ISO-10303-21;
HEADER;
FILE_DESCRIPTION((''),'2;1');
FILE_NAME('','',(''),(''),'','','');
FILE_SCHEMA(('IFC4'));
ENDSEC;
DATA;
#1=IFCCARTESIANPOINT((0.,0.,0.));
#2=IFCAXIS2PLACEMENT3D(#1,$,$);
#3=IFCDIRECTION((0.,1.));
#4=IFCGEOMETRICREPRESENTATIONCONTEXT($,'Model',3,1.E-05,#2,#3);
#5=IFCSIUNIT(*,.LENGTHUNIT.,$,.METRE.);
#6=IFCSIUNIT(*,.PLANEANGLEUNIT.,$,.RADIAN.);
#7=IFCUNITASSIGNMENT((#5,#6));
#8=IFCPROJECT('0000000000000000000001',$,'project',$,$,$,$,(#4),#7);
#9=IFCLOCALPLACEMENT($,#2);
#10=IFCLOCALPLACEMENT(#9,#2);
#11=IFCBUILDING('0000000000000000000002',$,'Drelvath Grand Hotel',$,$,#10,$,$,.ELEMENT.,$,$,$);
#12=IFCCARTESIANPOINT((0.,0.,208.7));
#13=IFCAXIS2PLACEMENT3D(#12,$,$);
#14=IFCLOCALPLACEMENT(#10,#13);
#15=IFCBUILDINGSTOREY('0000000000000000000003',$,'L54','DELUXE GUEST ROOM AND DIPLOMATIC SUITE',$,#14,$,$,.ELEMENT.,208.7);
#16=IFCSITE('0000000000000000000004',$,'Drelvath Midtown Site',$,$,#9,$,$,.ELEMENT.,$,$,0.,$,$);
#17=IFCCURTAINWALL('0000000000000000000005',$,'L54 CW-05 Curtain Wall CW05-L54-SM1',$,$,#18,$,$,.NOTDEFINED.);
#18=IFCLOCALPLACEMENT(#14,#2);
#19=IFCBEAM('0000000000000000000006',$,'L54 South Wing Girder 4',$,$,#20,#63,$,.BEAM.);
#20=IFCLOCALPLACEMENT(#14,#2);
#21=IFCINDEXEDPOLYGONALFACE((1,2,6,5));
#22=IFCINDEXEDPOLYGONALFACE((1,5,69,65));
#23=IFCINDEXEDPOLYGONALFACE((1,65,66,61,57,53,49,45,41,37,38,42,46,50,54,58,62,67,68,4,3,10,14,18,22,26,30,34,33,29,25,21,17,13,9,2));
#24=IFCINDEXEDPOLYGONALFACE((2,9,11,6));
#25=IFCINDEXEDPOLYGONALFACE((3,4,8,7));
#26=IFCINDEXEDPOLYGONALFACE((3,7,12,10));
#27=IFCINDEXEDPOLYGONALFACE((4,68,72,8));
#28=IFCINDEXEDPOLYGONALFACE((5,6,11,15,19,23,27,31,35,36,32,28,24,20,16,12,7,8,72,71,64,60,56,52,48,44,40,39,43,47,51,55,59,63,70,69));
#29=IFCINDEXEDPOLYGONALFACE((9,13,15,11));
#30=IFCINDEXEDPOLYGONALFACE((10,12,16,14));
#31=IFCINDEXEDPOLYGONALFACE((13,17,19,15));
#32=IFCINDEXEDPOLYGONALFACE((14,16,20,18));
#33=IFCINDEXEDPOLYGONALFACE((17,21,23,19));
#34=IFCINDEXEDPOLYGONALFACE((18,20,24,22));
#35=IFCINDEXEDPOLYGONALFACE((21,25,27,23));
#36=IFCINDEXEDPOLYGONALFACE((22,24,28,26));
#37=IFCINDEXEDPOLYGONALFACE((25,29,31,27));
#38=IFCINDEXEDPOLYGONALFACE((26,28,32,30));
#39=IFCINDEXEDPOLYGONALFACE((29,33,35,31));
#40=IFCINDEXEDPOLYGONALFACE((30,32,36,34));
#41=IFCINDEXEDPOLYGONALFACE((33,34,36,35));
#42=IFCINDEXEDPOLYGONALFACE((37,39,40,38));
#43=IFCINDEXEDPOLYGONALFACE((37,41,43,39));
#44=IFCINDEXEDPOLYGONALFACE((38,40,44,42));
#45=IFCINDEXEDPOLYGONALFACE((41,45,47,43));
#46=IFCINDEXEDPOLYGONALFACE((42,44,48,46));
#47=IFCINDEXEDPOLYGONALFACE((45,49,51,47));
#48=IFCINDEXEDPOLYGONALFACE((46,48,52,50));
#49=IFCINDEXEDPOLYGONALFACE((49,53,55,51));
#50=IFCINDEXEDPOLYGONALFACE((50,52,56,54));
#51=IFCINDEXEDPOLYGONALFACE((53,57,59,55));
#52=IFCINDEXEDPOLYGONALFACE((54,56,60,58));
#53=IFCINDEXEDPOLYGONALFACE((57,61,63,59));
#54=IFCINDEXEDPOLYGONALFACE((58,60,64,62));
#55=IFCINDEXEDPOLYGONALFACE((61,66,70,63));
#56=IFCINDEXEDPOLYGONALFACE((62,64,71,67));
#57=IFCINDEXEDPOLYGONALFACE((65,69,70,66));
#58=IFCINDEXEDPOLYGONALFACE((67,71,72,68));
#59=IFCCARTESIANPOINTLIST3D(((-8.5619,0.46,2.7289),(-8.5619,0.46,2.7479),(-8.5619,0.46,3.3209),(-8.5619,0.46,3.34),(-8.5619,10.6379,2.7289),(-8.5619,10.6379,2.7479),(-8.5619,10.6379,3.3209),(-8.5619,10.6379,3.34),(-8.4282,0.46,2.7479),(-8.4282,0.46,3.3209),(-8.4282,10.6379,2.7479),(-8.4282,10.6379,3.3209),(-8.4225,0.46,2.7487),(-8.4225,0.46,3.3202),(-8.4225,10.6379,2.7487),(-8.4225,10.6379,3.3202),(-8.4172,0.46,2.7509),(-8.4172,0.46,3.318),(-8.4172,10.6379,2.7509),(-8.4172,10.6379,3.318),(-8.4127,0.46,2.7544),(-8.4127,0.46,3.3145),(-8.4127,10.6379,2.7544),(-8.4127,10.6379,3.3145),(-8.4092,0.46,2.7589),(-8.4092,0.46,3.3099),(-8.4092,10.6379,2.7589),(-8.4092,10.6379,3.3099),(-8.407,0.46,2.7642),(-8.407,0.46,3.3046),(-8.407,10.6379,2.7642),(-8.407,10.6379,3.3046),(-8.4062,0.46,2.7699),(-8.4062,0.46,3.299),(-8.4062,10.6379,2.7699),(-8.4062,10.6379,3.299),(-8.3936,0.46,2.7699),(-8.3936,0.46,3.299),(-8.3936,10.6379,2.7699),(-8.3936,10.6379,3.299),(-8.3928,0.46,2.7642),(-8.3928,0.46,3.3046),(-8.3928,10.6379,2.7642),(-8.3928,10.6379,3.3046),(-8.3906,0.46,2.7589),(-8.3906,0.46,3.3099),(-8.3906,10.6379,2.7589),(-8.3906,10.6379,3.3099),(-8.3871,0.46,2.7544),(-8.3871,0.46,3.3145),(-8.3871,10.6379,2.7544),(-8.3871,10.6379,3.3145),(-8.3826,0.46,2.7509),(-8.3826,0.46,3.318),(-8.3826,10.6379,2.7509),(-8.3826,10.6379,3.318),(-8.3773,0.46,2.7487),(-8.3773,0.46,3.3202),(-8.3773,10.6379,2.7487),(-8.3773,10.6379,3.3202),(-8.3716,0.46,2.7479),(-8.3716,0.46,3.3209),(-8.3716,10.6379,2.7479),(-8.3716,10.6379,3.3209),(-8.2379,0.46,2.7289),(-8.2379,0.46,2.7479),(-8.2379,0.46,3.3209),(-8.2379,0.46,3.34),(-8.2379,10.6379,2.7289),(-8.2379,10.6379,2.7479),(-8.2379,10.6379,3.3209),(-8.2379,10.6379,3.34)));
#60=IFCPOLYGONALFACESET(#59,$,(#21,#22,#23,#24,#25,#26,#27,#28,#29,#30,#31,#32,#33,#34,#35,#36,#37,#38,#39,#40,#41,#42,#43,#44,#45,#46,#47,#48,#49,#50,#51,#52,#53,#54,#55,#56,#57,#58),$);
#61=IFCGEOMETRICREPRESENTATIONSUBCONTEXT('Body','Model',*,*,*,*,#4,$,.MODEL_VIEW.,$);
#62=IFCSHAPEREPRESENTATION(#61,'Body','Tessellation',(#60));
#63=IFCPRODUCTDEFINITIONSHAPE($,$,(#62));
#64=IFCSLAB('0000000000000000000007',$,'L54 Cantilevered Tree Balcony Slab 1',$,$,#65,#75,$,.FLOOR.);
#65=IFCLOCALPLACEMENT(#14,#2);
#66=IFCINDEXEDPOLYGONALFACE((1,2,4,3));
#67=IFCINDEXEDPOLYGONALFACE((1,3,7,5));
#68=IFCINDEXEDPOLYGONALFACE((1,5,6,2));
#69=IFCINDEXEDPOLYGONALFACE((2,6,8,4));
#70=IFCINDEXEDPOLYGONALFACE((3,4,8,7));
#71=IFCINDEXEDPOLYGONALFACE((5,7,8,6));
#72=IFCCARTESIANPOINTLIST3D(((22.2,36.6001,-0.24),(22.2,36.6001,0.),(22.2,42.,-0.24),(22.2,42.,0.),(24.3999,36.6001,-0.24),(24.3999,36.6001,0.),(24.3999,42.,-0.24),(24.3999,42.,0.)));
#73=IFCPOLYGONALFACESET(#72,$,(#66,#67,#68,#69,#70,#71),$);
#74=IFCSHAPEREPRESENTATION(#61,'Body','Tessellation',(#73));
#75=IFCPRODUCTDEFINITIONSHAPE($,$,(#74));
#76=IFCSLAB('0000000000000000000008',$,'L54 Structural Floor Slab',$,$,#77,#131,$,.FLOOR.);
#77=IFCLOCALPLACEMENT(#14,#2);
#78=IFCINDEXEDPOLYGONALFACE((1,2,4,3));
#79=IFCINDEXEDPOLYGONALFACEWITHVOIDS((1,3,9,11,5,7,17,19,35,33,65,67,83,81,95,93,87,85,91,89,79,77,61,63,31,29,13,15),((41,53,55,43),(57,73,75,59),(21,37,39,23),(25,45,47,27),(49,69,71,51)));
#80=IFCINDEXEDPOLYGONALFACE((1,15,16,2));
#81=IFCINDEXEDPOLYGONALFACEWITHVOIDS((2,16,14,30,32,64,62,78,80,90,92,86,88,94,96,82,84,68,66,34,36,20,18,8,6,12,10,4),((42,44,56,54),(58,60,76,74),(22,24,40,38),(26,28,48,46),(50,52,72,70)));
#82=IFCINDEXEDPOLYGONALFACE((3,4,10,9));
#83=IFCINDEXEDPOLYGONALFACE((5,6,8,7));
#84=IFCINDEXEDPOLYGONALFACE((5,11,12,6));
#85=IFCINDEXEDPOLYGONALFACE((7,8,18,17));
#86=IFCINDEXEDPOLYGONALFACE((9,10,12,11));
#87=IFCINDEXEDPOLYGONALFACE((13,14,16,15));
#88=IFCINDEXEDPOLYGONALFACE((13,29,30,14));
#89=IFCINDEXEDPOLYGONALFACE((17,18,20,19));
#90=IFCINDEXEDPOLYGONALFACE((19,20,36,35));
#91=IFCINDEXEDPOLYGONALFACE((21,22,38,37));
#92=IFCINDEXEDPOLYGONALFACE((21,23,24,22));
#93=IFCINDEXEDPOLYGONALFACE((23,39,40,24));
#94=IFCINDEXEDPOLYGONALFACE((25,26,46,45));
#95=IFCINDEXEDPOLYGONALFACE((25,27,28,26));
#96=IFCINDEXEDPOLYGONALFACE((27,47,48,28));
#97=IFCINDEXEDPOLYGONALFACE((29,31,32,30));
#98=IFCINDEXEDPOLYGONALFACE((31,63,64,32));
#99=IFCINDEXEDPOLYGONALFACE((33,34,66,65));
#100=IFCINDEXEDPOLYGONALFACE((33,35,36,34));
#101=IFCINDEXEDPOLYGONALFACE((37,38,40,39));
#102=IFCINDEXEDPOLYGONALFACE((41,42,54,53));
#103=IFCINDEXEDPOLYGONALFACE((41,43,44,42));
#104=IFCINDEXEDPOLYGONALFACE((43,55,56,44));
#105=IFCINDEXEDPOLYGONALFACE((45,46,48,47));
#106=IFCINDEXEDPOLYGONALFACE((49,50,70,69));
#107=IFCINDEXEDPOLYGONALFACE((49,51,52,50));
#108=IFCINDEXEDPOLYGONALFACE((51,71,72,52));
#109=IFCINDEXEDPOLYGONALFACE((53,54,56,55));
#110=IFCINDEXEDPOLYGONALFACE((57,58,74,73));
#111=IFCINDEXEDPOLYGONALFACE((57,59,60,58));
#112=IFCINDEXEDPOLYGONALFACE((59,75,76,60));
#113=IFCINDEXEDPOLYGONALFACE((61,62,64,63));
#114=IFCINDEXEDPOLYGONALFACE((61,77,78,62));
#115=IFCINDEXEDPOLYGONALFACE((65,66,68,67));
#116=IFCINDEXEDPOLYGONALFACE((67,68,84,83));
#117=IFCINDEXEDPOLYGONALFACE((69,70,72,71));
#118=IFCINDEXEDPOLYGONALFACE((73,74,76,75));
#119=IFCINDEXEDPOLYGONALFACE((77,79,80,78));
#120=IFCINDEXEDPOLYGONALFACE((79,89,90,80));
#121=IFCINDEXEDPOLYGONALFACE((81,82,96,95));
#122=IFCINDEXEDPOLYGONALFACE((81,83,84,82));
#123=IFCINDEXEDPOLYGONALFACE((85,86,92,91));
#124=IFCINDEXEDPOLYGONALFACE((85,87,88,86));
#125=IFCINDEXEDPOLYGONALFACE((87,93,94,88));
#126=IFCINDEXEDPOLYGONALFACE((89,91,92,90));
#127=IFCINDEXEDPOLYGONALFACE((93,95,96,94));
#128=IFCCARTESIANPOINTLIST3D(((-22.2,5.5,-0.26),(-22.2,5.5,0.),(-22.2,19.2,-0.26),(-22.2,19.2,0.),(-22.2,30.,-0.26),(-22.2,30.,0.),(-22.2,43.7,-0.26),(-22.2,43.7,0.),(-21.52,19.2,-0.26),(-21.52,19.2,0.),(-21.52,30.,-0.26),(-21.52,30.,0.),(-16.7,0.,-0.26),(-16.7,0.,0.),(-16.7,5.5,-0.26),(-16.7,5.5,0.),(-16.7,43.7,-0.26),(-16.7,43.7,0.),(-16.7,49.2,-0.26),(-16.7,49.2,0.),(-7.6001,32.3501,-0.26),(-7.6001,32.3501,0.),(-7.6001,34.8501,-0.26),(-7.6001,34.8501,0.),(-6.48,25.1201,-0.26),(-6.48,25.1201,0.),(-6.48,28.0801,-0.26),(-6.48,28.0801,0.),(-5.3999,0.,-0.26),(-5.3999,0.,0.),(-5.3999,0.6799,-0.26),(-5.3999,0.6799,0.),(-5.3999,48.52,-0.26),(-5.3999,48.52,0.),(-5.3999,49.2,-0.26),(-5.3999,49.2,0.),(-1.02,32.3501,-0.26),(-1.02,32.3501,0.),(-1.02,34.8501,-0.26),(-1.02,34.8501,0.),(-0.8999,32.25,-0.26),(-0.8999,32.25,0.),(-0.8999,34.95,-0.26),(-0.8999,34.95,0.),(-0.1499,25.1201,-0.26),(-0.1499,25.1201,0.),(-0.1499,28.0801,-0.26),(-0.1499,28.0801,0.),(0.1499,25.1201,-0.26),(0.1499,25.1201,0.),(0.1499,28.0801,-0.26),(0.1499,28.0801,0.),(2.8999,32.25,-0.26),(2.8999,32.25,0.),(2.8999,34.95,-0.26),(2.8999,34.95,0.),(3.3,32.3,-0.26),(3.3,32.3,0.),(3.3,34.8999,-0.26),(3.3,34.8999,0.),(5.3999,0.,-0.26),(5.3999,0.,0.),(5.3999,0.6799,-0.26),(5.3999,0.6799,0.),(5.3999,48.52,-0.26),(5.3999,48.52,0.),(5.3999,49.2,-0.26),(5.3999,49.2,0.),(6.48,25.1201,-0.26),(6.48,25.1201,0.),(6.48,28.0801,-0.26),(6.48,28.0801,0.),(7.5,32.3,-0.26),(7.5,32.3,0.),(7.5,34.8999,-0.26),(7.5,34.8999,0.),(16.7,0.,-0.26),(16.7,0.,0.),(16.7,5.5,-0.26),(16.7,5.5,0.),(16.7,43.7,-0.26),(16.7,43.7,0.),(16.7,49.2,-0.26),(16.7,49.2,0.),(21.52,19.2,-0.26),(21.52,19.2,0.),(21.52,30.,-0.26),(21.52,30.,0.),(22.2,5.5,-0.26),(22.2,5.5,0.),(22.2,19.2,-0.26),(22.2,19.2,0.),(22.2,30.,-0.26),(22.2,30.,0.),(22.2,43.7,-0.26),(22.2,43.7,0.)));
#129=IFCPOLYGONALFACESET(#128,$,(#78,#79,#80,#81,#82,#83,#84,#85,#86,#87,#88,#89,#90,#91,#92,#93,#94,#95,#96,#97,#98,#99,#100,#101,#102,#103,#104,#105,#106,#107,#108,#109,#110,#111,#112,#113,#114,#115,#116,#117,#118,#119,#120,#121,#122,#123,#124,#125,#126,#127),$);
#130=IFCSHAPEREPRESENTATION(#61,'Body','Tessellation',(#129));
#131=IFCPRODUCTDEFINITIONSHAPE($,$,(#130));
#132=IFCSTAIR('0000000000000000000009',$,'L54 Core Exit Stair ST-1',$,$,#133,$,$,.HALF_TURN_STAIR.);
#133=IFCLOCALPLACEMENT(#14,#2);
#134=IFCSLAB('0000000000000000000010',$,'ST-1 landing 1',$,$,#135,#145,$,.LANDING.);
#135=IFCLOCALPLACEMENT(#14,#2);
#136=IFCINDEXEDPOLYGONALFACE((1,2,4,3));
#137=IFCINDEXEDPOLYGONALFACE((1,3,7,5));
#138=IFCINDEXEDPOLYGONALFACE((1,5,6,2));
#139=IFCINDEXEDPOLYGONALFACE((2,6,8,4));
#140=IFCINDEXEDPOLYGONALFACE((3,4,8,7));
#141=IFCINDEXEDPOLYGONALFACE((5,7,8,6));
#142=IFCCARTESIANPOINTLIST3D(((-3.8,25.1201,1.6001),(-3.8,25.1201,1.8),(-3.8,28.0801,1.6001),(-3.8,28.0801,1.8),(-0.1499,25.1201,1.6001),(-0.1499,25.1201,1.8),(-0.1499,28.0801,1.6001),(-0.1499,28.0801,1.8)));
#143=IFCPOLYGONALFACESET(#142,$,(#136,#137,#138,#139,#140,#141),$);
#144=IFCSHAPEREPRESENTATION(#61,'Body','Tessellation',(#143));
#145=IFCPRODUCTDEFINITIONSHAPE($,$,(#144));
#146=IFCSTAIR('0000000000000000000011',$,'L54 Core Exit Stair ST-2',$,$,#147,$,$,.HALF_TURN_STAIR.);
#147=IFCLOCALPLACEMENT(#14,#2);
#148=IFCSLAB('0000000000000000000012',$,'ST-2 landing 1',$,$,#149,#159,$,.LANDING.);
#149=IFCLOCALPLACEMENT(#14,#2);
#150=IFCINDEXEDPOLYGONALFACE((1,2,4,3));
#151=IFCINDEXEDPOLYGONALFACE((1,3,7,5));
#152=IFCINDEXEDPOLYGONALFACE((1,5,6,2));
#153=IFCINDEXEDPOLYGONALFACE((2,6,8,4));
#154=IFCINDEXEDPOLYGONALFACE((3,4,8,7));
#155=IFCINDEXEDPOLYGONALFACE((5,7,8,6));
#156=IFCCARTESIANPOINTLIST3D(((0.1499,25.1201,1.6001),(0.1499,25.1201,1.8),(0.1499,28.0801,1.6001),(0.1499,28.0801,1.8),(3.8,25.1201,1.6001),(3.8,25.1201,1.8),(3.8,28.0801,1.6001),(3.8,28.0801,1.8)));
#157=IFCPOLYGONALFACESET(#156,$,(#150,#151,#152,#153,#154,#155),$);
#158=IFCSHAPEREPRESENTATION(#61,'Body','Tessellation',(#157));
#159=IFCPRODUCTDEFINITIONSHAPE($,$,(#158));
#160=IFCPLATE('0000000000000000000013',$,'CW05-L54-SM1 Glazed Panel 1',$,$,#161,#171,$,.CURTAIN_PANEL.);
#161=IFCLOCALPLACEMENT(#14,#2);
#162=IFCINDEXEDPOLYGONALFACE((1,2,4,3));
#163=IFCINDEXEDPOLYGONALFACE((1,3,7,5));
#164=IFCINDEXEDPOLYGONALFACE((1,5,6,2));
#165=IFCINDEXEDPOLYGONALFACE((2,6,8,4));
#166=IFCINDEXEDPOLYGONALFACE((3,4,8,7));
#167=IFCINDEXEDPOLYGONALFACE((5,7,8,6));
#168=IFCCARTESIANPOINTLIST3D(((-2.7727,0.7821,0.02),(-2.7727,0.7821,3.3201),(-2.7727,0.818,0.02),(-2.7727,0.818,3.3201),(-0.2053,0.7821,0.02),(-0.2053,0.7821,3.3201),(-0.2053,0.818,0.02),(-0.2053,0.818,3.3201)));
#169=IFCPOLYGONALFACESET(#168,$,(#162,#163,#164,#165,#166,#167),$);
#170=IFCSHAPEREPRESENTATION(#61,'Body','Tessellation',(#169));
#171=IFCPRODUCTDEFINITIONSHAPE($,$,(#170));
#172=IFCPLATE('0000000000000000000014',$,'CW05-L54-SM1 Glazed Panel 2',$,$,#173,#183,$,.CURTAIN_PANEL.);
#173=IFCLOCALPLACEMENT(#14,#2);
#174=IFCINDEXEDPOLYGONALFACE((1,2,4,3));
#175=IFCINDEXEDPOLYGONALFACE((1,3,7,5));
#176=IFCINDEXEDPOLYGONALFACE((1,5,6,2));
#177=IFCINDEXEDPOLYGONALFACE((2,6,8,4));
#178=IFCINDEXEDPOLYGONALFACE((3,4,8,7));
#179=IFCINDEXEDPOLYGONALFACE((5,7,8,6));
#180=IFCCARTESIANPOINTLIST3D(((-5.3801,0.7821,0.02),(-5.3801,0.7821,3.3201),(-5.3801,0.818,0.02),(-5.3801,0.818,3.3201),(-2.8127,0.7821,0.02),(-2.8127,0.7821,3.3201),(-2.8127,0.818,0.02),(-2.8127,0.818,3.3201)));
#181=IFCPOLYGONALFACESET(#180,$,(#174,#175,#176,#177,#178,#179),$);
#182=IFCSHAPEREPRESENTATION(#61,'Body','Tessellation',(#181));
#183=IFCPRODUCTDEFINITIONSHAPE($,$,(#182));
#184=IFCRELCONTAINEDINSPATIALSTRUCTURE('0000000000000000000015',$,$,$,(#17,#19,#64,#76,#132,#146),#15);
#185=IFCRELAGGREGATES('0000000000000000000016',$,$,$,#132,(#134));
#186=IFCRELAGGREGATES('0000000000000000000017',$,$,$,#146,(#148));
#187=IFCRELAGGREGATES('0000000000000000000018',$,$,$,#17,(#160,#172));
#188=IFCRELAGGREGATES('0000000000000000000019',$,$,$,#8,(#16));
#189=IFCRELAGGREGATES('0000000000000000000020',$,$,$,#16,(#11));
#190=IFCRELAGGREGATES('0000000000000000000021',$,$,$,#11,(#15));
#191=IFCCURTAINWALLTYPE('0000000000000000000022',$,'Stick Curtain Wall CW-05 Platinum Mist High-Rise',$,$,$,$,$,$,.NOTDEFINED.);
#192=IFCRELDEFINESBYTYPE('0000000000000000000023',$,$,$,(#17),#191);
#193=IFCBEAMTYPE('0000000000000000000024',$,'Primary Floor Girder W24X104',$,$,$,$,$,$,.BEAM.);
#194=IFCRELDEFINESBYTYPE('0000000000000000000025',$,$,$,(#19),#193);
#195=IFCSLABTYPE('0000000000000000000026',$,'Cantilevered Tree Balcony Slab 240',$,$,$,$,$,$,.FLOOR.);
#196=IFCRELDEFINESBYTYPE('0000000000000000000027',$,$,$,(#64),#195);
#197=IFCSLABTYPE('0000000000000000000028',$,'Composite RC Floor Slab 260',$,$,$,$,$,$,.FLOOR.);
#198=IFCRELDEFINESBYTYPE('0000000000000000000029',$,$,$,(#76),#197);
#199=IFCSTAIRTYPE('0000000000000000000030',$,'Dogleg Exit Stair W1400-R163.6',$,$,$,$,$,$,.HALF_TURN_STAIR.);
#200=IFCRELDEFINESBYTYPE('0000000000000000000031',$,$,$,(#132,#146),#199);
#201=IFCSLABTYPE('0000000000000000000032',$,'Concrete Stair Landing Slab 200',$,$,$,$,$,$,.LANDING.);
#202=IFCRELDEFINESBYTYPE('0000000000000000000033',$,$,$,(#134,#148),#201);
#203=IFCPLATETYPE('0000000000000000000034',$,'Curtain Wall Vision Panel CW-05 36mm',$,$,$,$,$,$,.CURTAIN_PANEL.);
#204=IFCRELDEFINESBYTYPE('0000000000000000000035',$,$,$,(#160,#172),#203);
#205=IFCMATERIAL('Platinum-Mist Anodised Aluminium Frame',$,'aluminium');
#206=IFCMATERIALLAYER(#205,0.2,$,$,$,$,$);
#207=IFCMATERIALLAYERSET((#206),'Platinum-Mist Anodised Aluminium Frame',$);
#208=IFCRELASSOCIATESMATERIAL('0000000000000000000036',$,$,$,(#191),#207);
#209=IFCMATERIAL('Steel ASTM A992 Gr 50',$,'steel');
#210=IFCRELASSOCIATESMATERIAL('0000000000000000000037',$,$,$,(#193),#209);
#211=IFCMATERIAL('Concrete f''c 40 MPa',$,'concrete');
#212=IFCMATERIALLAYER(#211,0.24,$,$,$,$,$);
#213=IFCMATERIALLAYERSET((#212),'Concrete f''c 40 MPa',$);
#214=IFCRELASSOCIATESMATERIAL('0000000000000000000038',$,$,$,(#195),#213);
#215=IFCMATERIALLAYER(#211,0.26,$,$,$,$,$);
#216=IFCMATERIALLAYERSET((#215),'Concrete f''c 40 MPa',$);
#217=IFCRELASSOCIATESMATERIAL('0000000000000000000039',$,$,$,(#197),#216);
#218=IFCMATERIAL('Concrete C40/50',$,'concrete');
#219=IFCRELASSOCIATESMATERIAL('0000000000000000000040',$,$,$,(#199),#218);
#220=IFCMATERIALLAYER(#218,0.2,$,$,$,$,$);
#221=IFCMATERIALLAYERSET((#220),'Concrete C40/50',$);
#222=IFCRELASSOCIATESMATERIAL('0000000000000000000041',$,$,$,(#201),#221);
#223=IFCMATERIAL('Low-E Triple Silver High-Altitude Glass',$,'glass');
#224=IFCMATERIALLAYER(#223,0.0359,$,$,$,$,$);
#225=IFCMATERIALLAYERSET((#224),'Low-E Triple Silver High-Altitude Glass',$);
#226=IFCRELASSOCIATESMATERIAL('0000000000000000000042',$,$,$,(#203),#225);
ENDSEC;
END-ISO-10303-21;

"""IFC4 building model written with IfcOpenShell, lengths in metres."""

from ifc_helpers import new_model, si_unit, direction, frame, origin, origin_2d, place, context, subcontext, project, spatial, polyline, rectangle, i_section, outline, extrude, material, layer, layer_set, material_profile, profile_set, type_object, element, aggregate, save


model = new_model("IFC4")

# Units and contexts
model_context = context("Model", 3, precision=1e-05, world=origin(), true_north=direction((0.0, 1.0)))
body_context = subcontext(model_context, "Body", "Model", "MODEL_VIEW")
ifc_project = project(units=[si_unit("LENGTHUNIT", "METRE"), si_unit("PLANEANGLEUNIT", "RADIAN")], contexts=[model_context])

# Site, building, storey
site_placement = place(None, origin())
site = spatial("IfcSite", under=ifc_project, at=site_placement, Name="Drelvath Midtown Site", CompositionType="ELEMENT", RefElevation=0.0)
building_placement = place(site_placement, origin())
building = spatial("IfcBuilding", under=site, at=building_placement, Name="Drelvath Grand Hotel", CompositionType="ELEMENT")
storey_placement = place(building_placement, frame((0.0, 0.0, 208.7)))
storey = spatial("IfcBuildingStorey", under=building, at=storey_placement, Name="L54", Description="DELUXE GUEST ROOM AND DIPLOMATIC SUITE", CompositionType="ELEMENT", Elevation=208.7)

# Curtain wall
ifc_material_1 = material(Name="Platinum-Mist Anodised Aluminium Frame", Category="aluminium")
ifc_layer_1 = layer(ifc_material_1, 0.2)
ifc_layer_set_1 = layer_set([ifc_layer_1], Name="Platinum-Mist Anodised Aluminium Frame")
curtain_wall_type = type_object("IfcCurtainWallType", Name="Stick Curtain Wall CW-05 Platinum Mist High-Rise", PredefinedType="NOTDEFINED", material=ifc_layer_set_1)
curtain_wall_1_placement = place(storey_placement, origin())
curtain_wall_1 = element("IfcCurtainWall", 1, at=curtain_wall_1_placement, inside=storey, type_object=curtain_wall_type, Name="L54 CW-05 Curtain Wall CW05-L54-SM1", PredefinedType="NOTDEFINED")

# Beam
ifc_material_2 = material(Name="Steel ASTM A992 Gr 50", Category="steel")
ifc_material_profile_1 = material_profile(ifc_material_2, i_section(OverallWidth=0.324, OverallDepth=0.6111, WebThickness=0.0127, FlangeThickness=0.019, FilletRadius=0.022, at=origin_2d()), Name="W24X104")
ifc_profile_set_1 = profile_set([ifc_material_profile_1], Name="Steel ASTM A992 Gr 50")
beam_type_1 = type_object("IfcBeamType", Name="Primary Floor Girder W24X104", PredefinedType="BEAM", material=ifc_profile_set_1)
beam_1_placement = place(storey_placement, frame((-8.3999, 0.46, 3.0344), z_axis=(0.0, 1.0, 0.0), x_axis=(-1.0, 0.0, 0.0)))
element("IfcBeam", 2, at=beam_1_placement, inside=storey, type_object=beam_type_1, Name="L54 South Wing Girder 4", PredefinedType="BEAM", context=body_context, shape_type="SweptSolid", body=[
    extrude(i_section(OverallWidth=0.324, OverallDepth=0.6111, WebThickness=0.0127, FlangeThickness=0.019, FilletRadius=0.022, at=origin_2d()), origin(), (0.0, 0.0, 1.0), 10.178),
])

# Slabs
ifc_material_3 = material(Name="Concrete f'c 40 MPa", Category="concrete")
ifc_layer_2 = layer(ifc_material_3, 0.24)
ifc_layer_set_2 = layer_set([ifc_layer_2], Name="Concrete f'c 40 MPa")
slab_type_1 = type_object("IfcSlabType", Name="Cantilevered Tree Balcony Slab 240", PredefinedType="FLOOR", material=ifc_layer_set_2)
slab_1_placement = place(storey_placement, frame((0.0, 0.0, -0.24)))
element("IfcSlab", 3, at=slab_1_placement, inside=storey, type_object=slab_type_1, Name="L54 Cantilevered Tree Balcony Slab 1", PredefinedType="FLOOR", context=body_context, shape_type="SweptSolid", body=[
    extrude(outline(polyline([(22.2, 36.6001), (24.3999, 36.6001), (24.3999, 42.0), (22.2, 42.0), (22.2, 36.6001)])), origin(), (0.0, 0.0, 1.0), 0.24),
])
ifc_layer_3 = layer(ifc_material_3, 0.26)
ifc_layer_set_3 = layer_set([ifc_layer_3], Name="Concrete f'c 40 MPa")
slab_type_2 = type_object("IfcSlabType", Name="Composite RC Floor Slab 260", PredefinedType="FLOOR", material=ifc_layer_set_3)
slab_2_placement = place(storey_placement, frame((0.0, 0.0, -0.26)))
element("IfcSlab", 4, at=slab_2_placement, inside=storey, type_object=slab_type_2, Name="L54 Structural Floor Slab", PredefinedType="FLOOR", context=body_context, shape_type="SweptSolid", body=[
    extrude(outline(polyline([(-16.7, 0.0), (-5.3999, 0.0), (-5.3999, 0.6799), (5.3999, 0.6799), (5.3999, 0.0), (16.7, 0.0), (16.7, 5.5), (22.2, 5.5), (22.2, 19.2), (21.52, 19.2), (21.52, 30.0), (22.2, 30.0), (22.2, 43.7), (16.7, 43.7), (16.7, 49.2), (5.3999, 49.2), (5.3999, 48.52), (-5.3999, 48.52), (-5.3999, 49.2), (-16.7, 49.2), (-16.7, 43.7), (-22.2, 43.7), (-22.2, 30.0), (-21.52, 30.0), (-21.52, 19.2), (-22.2, 19.2), (-22.2, 5.5), (-16.7, 5.5), (-16.7, 0.0)]), holes=[polyline([(-6.48, 25.1201), (-6.48, 28.0801), (-0.1499, 28.0801), (-0.1499, 25.1201), (-6.48, 25.1201)]), polyline([(0.1499, 25.1201), (0.1499, 28.0801), (6.48, 28.0801), (6.48, 25.1201), (0.1499, 25.1201)]), polyline([(-7.6001, 32.3501), (-7.6001, 34.8501), (-1.02, 34.8501), (-1.02, 32.3501), (-7.6001, 32.3501)]), polyline([(-0.8999, 32.25), (-0.8999, 34.95), (2.8999, 34.95), (2.8999, 32.25), (-0.8999, 32.25)]), polyline([(3.3, 32.3), (3.3, 34.8999), (7.5, 34.8999), (7.5, 32.3), (3.3, 32.3)])]), origin(), (0.0, 0.0, 1.0), 0.26),
])

# Stairs, slabs
ifc_material_4 = material(Name="Concrete C40/50", Category="concrete")
stair_type = type_object("IfcStairType", Name="Dogleg Exit Stair W1400-R163.6", PredefinedType="HALF_TURN_STAIR", material=ifc_material_4)
stair_1_placement = place(storey_placement, origin())
stair_1 = element("IfcStair", 5, at=stair_1_placement, inside=storey, type_object=stair_type, Name="L54 Core Exit Stair ST-1", PredefinedType="HALF_TURN_STAIR")
ifc_layer_4 = layer(ifc_material_4, 0.2)
ifc_layer_set_4 = layer_set([ifc_layer_4], Name="Concrete C40/50")
slab_type_3 = type_object("IfcSlabType", Name="Concrete Stair Landing Slab 200", PredefinedType="LANDING", material=ifc_layer_set_4)
slab_3_placement = place(storey_placement, frame((0.0, 0.0, 1.6001)))
slab_3 = element("IfcSlab", 6, at=slab_3_placement, type_object=slab_type_3, Name="ST-1 landing 1", PredefinedType="LANDING", context=body_context, shape_type="SweptSolid", body=[
    extrude(outline(polyline([(-3.8, 25.1201), (-0.1499, 25.1201), (-0.1499, 28.0801), (-3.8, 28.0801), (-3.8, 25.1201)])), origin(), (0.0, 0.0, 1.0), 0.2),
])
aggregate(stair_1, [slab_3])
stair_2_placement = place(storey_placement, origin())
stair_2 = element("IfcStair", 7, at=stair_2_placement, inside=storey, type_object=stair_type, Name="L54 Core Exit Stair ST-2", PredefinedType="HALF_TURN_STAIR")
slab_4_placement = place(storey_placement, frame((0.0, 0.0, 1.6001)))
slab_4 = element("IfcSlab", 8, at=slab_4_placement, type_object=slab_type_3, Name="ST-2 landing 1", PredefinedType="LANDING", context=body_context, shape_type="SweptSolid", body=[
    extrude(outline(polyline([(3.8, 28.0801), (0.1499, 28.0801), (0.1499, 25.1201), (3.8, 25.1201), (3.8, 28.0801)])), origin(), (0.0, 0.0, 1.0), 0.2),
])
aggregate(stair_2, [slab_4])

# Plates
ifc_material_5 = material(Name="Low-E Triple Silver High-Altitude Glass", Category="glass")
ifc_layer_5 = layer(ifc_material_5, 0.0359)
ifc_layer_set_5 = layer_set([ifc_layer_5], Name="Low-E Triple Silver High-Altitude Glass")
plate_type = type_object("IfcPlateType", Name="Curtain Wall Vision Panel CW-05 36mm", PredefinedType="CURTAIN_PANEL", material=ifc_layer_set_5)
plate_1_placement = place(storey_placement, frame((-1.489, 0.8, 0.02), z_axis=(0.0, 0.0, 1.0), x_axis=(-1.0, 0.0, 0.0)))
plate_1 = element("IfcPlate", 9, at=plate_1_placement, type_object=plate_type, Name="CW05-L54-SM1 Glazed Panel 1", PredefinedType="CURTAIN_PANEL", context=body_context, shape_type="SweptSolid", body=[
    extrude(rectangle(XDim=2.5674, YDim=0.0359, at=origin_2d()), origin(), (0.0, 0.0, 1.0), 3.3),
])
plate_2_placement = place(storey_placement, frame((-4.0964, 0.8, 0.02), z_axis=(0.0, 0.0, 1.0), x_axis=(-1.0, 0.0, 0.0)))
plate_2 = element("IfcPlate", 10, at=plate_2_placement, type_object=plate_type, Name="CW05-L54-SM1 Glazed Panel 2", PredefinedType="CURTAIN_PANEL", context=body_context, shape_type="SweptSolid", body=[
    extrude(rectangle(XDim=2.5674, YDim=0.0359, at=origin_2d()), origin(), (0.0, 0.0, 1.0), 3.3),
])
aggregate(curtain_wall_1, [plate_1, plate_2])

save(model, "model.ifc")
